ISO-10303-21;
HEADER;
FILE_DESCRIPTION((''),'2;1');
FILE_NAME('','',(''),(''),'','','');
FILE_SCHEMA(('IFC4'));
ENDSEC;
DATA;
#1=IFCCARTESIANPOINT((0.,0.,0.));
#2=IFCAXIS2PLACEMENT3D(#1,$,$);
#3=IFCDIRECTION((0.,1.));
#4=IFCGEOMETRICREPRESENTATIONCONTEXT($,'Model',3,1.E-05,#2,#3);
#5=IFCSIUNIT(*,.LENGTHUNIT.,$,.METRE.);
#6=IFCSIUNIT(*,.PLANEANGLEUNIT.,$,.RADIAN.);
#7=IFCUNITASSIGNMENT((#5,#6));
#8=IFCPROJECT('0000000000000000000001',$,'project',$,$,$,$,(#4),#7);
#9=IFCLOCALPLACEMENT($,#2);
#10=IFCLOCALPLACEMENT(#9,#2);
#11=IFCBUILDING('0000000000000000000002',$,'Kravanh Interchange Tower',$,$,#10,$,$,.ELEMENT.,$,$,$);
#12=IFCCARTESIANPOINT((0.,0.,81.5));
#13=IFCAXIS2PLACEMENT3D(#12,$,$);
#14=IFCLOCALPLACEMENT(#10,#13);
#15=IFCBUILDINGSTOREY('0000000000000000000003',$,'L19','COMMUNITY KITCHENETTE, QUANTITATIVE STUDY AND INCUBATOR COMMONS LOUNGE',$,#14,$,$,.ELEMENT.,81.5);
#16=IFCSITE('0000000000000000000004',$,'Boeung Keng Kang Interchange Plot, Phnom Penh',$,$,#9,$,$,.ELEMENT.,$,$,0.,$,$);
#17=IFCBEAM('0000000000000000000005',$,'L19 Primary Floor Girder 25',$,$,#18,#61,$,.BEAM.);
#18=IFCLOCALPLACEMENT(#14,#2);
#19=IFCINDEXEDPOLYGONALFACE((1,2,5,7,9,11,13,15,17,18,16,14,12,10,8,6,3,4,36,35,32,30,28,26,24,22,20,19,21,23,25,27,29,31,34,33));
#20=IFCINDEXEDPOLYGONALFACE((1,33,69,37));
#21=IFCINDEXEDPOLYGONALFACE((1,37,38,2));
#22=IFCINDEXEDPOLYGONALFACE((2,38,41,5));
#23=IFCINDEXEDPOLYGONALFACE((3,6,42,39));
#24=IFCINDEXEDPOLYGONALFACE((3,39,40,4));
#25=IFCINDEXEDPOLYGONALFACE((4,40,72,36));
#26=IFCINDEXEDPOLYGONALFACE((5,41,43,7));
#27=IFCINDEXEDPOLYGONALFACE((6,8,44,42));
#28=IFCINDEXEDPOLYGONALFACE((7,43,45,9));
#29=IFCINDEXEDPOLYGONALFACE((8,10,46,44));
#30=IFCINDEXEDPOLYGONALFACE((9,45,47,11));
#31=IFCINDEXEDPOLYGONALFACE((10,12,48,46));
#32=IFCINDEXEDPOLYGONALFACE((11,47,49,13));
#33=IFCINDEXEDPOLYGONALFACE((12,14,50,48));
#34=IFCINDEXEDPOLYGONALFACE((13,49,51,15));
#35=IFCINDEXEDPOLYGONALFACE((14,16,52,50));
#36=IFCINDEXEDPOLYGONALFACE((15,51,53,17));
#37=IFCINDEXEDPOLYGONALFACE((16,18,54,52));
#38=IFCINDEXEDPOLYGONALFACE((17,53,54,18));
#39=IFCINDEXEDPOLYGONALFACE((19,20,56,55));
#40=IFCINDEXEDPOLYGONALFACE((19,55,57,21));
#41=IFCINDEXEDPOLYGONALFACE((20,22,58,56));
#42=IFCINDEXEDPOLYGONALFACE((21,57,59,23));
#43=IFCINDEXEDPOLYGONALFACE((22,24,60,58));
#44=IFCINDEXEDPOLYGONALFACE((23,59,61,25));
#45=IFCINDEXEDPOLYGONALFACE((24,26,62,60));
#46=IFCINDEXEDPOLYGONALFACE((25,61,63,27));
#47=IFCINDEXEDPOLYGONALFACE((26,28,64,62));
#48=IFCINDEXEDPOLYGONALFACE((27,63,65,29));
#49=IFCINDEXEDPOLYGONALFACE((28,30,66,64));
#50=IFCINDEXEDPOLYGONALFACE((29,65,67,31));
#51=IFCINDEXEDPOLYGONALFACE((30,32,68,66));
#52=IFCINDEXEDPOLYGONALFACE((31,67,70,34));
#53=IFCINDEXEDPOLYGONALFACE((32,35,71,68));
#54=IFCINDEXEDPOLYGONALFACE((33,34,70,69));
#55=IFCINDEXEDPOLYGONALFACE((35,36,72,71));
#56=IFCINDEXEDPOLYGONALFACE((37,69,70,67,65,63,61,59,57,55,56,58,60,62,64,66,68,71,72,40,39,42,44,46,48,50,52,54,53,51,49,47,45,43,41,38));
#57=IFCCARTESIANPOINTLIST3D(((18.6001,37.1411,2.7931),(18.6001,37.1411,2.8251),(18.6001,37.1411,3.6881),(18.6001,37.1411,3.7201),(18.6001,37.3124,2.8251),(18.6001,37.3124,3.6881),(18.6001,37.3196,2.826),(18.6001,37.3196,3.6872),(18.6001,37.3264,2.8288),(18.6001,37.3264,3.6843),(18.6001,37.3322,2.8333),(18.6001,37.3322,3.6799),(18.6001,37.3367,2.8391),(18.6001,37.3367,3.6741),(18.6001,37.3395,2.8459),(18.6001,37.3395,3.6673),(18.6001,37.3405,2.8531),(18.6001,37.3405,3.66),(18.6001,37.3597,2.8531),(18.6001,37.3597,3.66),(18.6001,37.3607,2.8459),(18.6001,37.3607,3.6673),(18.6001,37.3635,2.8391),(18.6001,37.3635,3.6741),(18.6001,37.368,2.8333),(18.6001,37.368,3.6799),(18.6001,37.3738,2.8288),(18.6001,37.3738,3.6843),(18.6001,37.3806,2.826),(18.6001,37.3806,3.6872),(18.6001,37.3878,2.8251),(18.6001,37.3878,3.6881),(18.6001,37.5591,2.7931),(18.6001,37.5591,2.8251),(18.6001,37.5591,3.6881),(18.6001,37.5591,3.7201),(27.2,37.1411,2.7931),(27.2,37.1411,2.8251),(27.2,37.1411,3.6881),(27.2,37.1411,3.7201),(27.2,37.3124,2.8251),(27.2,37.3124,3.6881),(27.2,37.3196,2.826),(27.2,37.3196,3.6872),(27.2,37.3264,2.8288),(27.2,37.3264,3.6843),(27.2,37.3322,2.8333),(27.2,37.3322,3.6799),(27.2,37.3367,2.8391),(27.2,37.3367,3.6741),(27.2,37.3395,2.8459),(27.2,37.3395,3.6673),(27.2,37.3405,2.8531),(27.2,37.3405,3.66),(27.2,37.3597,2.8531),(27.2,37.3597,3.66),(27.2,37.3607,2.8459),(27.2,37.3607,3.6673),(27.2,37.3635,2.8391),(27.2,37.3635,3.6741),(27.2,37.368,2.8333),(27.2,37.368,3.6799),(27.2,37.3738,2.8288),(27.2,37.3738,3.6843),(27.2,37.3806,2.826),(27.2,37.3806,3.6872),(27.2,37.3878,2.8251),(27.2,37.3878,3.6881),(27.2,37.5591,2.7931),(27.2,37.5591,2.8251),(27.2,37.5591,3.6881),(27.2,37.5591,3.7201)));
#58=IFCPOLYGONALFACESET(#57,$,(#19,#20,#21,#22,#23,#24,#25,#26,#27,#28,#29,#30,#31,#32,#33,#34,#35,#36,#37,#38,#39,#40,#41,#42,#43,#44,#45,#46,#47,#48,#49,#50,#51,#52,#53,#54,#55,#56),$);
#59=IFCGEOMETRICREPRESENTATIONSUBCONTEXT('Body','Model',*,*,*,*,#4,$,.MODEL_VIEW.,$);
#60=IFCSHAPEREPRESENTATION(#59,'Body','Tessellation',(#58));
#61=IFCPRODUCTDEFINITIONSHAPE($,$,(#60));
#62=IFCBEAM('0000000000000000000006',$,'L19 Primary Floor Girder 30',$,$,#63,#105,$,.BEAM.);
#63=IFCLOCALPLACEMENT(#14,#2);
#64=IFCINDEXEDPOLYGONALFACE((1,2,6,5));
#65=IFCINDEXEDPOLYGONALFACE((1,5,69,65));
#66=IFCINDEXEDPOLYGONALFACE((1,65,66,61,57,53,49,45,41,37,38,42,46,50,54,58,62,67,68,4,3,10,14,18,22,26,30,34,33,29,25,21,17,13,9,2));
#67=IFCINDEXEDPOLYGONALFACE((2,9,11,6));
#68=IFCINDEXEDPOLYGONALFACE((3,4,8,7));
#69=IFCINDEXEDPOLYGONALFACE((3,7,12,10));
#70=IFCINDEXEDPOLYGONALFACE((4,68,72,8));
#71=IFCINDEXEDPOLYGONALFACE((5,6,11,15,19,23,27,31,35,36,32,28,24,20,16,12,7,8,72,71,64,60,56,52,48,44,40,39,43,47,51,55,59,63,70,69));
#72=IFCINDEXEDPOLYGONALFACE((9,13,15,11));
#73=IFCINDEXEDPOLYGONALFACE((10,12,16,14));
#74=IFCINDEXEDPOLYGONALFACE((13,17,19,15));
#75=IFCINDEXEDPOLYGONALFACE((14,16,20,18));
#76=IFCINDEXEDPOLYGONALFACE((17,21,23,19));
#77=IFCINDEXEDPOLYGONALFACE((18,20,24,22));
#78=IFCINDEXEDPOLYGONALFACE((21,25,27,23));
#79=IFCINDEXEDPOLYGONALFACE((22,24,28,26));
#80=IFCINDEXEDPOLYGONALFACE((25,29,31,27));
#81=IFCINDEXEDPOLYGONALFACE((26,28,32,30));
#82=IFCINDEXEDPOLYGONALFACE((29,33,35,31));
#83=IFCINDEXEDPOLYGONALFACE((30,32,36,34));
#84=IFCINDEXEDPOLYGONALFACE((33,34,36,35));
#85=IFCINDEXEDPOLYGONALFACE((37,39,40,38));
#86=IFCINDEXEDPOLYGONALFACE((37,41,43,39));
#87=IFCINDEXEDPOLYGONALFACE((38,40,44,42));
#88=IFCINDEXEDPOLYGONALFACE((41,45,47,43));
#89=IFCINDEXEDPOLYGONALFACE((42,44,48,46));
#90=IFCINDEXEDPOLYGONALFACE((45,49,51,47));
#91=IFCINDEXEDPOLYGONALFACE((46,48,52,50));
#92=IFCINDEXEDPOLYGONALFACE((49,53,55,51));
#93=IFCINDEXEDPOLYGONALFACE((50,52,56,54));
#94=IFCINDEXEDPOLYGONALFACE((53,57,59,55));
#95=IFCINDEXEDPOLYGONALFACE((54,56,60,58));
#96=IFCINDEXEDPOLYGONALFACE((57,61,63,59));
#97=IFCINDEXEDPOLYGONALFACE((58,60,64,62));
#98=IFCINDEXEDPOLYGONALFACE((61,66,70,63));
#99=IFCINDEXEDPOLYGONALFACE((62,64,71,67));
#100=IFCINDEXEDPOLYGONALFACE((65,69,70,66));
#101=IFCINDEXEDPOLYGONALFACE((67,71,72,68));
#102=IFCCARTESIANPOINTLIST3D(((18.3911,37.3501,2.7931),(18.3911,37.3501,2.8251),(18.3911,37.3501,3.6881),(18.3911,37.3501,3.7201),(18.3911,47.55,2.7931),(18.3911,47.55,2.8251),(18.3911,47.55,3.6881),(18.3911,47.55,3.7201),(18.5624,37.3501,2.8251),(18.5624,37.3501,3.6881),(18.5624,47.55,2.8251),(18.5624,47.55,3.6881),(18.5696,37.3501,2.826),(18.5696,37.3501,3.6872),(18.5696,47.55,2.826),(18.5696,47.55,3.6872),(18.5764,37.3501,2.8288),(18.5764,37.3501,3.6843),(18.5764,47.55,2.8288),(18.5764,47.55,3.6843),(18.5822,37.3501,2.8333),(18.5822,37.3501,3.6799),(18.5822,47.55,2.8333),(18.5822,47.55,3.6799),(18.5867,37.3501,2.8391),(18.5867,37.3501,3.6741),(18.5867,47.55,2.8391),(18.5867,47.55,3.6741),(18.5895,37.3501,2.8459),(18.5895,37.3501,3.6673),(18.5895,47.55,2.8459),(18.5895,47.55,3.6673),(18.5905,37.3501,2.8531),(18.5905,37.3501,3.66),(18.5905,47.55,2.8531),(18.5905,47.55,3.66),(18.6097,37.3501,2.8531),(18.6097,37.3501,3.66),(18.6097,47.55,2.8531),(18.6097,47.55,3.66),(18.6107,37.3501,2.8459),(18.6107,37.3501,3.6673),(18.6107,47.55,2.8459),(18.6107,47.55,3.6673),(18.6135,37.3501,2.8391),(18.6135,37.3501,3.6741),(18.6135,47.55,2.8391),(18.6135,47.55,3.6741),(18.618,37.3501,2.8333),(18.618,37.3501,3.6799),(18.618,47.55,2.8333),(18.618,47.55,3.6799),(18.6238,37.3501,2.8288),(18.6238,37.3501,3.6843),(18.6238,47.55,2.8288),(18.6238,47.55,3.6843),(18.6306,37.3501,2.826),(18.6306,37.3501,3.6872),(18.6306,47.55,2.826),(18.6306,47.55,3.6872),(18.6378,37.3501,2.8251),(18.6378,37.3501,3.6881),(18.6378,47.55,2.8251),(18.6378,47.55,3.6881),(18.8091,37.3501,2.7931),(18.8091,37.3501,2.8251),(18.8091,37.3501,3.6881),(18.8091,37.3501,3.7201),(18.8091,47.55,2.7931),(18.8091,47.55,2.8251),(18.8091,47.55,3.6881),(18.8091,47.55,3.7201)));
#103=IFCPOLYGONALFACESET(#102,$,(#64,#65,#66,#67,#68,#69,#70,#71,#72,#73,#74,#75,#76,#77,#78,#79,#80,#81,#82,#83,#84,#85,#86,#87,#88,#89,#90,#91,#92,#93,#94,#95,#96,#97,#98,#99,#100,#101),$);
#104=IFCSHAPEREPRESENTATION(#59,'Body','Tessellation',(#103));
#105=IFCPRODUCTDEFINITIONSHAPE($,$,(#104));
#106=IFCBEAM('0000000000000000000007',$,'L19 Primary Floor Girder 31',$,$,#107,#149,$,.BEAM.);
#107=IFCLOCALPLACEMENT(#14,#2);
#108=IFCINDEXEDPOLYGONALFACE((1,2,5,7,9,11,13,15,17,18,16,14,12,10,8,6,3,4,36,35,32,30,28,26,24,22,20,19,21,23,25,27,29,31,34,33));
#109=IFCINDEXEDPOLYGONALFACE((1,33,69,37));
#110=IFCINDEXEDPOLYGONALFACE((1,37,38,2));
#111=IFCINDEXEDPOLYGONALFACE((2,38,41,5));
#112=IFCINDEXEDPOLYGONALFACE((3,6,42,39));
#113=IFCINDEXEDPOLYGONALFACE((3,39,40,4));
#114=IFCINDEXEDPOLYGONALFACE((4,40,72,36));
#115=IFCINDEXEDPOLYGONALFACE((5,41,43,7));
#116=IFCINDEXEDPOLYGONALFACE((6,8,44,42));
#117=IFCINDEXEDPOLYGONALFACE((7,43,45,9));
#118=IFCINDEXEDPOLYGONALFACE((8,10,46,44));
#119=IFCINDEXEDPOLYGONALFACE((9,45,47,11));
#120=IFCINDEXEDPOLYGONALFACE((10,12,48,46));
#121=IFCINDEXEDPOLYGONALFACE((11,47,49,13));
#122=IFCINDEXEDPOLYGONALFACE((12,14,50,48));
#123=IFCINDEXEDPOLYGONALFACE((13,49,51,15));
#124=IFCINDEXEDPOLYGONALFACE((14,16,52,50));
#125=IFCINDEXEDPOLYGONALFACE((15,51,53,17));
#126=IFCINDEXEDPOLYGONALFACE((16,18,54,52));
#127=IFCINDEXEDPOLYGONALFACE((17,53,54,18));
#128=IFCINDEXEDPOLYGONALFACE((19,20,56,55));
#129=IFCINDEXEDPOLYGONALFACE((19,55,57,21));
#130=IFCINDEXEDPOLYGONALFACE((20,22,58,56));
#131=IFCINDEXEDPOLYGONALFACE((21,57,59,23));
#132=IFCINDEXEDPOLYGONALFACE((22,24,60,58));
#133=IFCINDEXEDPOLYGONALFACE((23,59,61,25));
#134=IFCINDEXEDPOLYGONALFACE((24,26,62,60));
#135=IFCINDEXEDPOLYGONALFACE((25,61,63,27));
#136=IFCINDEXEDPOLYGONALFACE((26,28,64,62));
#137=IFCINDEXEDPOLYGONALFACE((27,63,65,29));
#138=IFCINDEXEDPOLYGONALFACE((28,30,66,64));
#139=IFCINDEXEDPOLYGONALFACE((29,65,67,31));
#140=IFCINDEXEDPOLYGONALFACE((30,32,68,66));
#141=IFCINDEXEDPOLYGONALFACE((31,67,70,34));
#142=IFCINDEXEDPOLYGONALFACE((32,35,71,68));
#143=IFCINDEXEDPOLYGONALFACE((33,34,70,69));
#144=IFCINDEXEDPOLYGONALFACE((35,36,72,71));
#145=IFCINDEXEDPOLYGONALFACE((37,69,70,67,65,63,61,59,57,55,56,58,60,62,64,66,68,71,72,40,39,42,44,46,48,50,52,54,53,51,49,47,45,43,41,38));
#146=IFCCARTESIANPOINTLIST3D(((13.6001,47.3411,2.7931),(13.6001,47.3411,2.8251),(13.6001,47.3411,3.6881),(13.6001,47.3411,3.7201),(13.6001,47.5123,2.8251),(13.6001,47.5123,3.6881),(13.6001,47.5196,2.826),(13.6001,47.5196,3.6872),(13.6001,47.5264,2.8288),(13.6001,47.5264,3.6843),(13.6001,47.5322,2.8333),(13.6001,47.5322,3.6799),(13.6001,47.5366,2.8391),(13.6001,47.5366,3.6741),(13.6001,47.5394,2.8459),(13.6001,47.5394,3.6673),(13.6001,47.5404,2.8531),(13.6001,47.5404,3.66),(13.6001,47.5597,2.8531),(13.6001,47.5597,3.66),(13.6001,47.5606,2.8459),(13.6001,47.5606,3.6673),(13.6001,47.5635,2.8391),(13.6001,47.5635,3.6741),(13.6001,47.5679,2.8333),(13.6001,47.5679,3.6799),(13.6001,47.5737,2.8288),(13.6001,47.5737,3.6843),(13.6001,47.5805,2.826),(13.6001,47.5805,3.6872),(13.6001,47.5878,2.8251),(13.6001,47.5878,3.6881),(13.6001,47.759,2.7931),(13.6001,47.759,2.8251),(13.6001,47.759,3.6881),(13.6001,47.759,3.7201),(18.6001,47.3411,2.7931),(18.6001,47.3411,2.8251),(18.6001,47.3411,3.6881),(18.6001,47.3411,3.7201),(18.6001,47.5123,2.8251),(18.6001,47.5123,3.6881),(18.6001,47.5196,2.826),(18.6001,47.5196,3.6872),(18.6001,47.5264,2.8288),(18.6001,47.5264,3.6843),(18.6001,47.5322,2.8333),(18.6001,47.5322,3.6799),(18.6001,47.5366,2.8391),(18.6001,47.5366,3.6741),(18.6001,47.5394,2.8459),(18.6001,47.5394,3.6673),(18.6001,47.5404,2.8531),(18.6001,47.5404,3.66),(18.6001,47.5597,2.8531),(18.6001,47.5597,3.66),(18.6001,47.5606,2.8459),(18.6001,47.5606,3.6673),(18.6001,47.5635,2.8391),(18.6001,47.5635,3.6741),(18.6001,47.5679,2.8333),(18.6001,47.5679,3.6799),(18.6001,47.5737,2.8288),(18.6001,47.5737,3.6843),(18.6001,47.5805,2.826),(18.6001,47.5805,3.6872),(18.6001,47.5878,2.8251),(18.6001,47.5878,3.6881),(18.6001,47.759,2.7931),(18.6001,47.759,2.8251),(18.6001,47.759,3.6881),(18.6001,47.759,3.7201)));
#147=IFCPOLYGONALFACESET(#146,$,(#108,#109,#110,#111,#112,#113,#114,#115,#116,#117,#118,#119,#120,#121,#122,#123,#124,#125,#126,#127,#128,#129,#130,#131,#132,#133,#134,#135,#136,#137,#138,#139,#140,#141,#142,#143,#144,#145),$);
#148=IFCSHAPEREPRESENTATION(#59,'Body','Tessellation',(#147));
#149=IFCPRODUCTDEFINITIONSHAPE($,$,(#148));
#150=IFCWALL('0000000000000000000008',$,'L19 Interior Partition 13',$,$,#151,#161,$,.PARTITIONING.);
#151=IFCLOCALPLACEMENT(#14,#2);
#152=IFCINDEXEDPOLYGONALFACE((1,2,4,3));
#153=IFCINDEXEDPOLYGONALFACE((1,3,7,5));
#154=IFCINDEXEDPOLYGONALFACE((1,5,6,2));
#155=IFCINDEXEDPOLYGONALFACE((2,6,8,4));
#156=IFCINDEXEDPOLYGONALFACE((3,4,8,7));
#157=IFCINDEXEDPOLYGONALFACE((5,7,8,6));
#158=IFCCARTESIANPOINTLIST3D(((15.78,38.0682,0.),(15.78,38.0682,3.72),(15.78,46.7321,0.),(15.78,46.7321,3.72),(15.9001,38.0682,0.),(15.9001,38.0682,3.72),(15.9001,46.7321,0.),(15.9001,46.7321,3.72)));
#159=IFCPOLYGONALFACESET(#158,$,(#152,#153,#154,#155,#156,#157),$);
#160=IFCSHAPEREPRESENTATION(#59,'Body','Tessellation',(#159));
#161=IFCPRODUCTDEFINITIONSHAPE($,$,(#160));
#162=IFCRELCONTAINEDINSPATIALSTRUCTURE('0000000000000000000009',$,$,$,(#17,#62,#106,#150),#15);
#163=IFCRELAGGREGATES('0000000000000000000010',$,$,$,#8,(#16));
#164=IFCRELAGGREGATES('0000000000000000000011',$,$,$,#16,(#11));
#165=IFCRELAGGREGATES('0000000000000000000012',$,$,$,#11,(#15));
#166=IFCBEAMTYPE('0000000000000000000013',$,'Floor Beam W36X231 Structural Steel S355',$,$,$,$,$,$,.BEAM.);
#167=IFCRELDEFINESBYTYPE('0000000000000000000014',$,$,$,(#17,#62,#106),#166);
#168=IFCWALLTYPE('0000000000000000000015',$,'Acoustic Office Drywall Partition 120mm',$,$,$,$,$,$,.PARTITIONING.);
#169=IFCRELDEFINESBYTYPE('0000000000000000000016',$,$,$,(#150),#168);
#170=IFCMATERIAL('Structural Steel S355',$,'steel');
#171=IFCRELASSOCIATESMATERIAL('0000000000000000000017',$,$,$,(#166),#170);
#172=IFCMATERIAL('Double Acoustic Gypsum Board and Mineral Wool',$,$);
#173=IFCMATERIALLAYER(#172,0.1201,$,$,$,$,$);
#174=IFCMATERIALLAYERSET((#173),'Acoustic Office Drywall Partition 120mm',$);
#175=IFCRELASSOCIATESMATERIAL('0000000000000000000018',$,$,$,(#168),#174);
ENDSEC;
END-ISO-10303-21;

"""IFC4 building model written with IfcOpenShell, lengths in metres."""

from ifc_helpers import new_model, si_unit, direction, frame, frame_2d, origin, origin_2d, place, context, subcontext, project, spatial, rectangle, i_section, extrude, material, layer, layer_set, material_profile, profile_set, type_object, element, save


model = new_model("IFC4")

# Units and contexts
model_context = context("Model", 3, precision=1e-05, world=origin(), true_north=direction((0.0, 1.0)))
body_context = subcontext(model_context, "Body", "Model", "MODEL_VIEW")
ifc_project = project(units=[si_unit("LENGTHUNIT", "METRE"), si_unit("PLANEANGLEUNIT", "RADIAN")], contexts=[model_context])

# Site, building, storey
site_placement = place(None, origin())
site = spatial("IfcSite", under=ifc_project, at=site_placement, Name="Boeung Keng Kang Interchange Plot, Phnom Penh", CompositionType="ELEMENT", RefElevation=0.0)
building_placement = place(site_placement, origin())
building = spatial("IfcBuilding", under=site, at=building_placement, Name="Kravanh Interchange Tower", CompositionType="ELEMENT")
storey_placement = place(building_placement, frame((0.0, 0.0, 81.5)))
storey = spatial("IfcBuildingStorey", under=building, at=storey_placement, Name="L19", Description="COMMUNITY KITCHENETTE, QUANTITATIVE STUDY AND INCUBATOR COMMONS LOUNGE", CompositionType="ELEMENT", Elevation=81.5)

# Beams
ifc_material_1 = material(Name="Structural Steel S355", Category="steel")
ifc_material_profile_1 = material_profile(ifc_material_1, i_section(OverallWidth=0.418, OverallDepth=0.927, WebThickness=0.0193, FlangeThickness=0.032, FilletRadius=0.0281, at=origin_2d()), Name="W36X231")
ifc_profile_set_1 = profile_set([ifc_material_profile_1], Name="Structural Steel S355")
beam_type = type_object("IfcBeamType", Name="Floor Beam W36X231 Structural Steel S355", PredefinedType="BEAM", material=ifc_profile_set_1)
beam_1_placement = place(storey_placement, frame((27.2, 37.3501, 3.2566), z_axis=(-1.0, 0.0, 0.0), x_axis=(0.0, -1.0, 0.0)))
element("IfcBeam", 1, at=beam_1_placement, inside=storey, type_object=beam_type, Name="L19 Primary Floor Girder 25", PredefinedType="BEAM", context=body_context, shape_type="SweptSolid", body=[
    extrude(i_section(OverallWidth=0.418, OverallDepth=0.927, WebThickness=0.0193, FlangeThickness=0.032, FilletRadius=0.0281, at=origin_2d()), origin(), (0.0, 0.0, 1.0), 8.5999),
])
beam_2_placement = place(storey_placement, frame((18.6001, 37.3501, 3.2566), z_axis=(0.0, 1.0, 0.0), x_axis=(-1.0, 0.0, 0.0)))
element("IfcBeam", 2, at=beam_2_placement, inside=storey, type_object=beam_type, Name="L19 Primary Floor Girder 30", PredefinedType="BEAM", context=body_context, shape_type="SweptSolid", body=[
    extrude(i_section(OverallWidth=0.418, OverallDepth=0.927, WebThickness=0.0193, FlangeThickness=0.032, FilletRadius=0.0281, at=origin_2d()), origin(), (0.0, 0.0, 1.0), 10.2),
])
beam_3_placement = place(storey_placement, frame((18.6001, 47.55, 3.2566), z_axis=(-1.0, 0.0, 0.0), x_axis=(0.0, -1.0, 0.0)))
element("IfcBeam", 3, at=beam_3_placement, inside=storey, type_object=beam_type, Name="L19 Primary Floor Girder 31", PredefinedType="BEAM", context=body_context, shape_type="SweptSolid", body=[
    extrude(i_section(OverallWidth=0.418, OverallDepth=0.927, WebThickness=0.0193, FlangeThickness=0.032, FilletRadius=0.0281, at=origin_2d()), origin(), (0.0, 0.0, 1.0), 5.0),
])

# Wall
ifc_material_2 = material(Name="Double Acoustic Gypsum Board and Mineral Wool")
ifc_layer_1 = layer(ifc_material_2, 0.1201)
ifc_layer_set_1 = layer_set([ifc_layer_1], Name="Acoustic Office Drywall Partition 120mm")
wall_type_1 = type_object("IfcWallType", Name="Acoustic Office Drywall Partition 120mm", PredefinedType="PARTITIONING", material=ifc_layer_set_1)
wall_1_placement = place(storey_placement, frame((15.8401, 38.0681, 0.0), z_axis=(0.0, 0.0, 1.0), x_axis=(0.0, 1.0, 0.0)))
element("IfcWall", 4, at=wall_1_placement, inside=storey, type_object=wall_type_1, Name="L19 Interior Partition 13", PredefinedType="PARTITIONING", context=body_context, shape_type="SweptSolid", body=[
    extrude(rectangle(XDim=8.6638, YDim=0.1201, at=frame_2d((4.332, 0.0))), origin(), (0.0, 0.0, 1.0), 3.72),
])

save(model, "model.ifc")
